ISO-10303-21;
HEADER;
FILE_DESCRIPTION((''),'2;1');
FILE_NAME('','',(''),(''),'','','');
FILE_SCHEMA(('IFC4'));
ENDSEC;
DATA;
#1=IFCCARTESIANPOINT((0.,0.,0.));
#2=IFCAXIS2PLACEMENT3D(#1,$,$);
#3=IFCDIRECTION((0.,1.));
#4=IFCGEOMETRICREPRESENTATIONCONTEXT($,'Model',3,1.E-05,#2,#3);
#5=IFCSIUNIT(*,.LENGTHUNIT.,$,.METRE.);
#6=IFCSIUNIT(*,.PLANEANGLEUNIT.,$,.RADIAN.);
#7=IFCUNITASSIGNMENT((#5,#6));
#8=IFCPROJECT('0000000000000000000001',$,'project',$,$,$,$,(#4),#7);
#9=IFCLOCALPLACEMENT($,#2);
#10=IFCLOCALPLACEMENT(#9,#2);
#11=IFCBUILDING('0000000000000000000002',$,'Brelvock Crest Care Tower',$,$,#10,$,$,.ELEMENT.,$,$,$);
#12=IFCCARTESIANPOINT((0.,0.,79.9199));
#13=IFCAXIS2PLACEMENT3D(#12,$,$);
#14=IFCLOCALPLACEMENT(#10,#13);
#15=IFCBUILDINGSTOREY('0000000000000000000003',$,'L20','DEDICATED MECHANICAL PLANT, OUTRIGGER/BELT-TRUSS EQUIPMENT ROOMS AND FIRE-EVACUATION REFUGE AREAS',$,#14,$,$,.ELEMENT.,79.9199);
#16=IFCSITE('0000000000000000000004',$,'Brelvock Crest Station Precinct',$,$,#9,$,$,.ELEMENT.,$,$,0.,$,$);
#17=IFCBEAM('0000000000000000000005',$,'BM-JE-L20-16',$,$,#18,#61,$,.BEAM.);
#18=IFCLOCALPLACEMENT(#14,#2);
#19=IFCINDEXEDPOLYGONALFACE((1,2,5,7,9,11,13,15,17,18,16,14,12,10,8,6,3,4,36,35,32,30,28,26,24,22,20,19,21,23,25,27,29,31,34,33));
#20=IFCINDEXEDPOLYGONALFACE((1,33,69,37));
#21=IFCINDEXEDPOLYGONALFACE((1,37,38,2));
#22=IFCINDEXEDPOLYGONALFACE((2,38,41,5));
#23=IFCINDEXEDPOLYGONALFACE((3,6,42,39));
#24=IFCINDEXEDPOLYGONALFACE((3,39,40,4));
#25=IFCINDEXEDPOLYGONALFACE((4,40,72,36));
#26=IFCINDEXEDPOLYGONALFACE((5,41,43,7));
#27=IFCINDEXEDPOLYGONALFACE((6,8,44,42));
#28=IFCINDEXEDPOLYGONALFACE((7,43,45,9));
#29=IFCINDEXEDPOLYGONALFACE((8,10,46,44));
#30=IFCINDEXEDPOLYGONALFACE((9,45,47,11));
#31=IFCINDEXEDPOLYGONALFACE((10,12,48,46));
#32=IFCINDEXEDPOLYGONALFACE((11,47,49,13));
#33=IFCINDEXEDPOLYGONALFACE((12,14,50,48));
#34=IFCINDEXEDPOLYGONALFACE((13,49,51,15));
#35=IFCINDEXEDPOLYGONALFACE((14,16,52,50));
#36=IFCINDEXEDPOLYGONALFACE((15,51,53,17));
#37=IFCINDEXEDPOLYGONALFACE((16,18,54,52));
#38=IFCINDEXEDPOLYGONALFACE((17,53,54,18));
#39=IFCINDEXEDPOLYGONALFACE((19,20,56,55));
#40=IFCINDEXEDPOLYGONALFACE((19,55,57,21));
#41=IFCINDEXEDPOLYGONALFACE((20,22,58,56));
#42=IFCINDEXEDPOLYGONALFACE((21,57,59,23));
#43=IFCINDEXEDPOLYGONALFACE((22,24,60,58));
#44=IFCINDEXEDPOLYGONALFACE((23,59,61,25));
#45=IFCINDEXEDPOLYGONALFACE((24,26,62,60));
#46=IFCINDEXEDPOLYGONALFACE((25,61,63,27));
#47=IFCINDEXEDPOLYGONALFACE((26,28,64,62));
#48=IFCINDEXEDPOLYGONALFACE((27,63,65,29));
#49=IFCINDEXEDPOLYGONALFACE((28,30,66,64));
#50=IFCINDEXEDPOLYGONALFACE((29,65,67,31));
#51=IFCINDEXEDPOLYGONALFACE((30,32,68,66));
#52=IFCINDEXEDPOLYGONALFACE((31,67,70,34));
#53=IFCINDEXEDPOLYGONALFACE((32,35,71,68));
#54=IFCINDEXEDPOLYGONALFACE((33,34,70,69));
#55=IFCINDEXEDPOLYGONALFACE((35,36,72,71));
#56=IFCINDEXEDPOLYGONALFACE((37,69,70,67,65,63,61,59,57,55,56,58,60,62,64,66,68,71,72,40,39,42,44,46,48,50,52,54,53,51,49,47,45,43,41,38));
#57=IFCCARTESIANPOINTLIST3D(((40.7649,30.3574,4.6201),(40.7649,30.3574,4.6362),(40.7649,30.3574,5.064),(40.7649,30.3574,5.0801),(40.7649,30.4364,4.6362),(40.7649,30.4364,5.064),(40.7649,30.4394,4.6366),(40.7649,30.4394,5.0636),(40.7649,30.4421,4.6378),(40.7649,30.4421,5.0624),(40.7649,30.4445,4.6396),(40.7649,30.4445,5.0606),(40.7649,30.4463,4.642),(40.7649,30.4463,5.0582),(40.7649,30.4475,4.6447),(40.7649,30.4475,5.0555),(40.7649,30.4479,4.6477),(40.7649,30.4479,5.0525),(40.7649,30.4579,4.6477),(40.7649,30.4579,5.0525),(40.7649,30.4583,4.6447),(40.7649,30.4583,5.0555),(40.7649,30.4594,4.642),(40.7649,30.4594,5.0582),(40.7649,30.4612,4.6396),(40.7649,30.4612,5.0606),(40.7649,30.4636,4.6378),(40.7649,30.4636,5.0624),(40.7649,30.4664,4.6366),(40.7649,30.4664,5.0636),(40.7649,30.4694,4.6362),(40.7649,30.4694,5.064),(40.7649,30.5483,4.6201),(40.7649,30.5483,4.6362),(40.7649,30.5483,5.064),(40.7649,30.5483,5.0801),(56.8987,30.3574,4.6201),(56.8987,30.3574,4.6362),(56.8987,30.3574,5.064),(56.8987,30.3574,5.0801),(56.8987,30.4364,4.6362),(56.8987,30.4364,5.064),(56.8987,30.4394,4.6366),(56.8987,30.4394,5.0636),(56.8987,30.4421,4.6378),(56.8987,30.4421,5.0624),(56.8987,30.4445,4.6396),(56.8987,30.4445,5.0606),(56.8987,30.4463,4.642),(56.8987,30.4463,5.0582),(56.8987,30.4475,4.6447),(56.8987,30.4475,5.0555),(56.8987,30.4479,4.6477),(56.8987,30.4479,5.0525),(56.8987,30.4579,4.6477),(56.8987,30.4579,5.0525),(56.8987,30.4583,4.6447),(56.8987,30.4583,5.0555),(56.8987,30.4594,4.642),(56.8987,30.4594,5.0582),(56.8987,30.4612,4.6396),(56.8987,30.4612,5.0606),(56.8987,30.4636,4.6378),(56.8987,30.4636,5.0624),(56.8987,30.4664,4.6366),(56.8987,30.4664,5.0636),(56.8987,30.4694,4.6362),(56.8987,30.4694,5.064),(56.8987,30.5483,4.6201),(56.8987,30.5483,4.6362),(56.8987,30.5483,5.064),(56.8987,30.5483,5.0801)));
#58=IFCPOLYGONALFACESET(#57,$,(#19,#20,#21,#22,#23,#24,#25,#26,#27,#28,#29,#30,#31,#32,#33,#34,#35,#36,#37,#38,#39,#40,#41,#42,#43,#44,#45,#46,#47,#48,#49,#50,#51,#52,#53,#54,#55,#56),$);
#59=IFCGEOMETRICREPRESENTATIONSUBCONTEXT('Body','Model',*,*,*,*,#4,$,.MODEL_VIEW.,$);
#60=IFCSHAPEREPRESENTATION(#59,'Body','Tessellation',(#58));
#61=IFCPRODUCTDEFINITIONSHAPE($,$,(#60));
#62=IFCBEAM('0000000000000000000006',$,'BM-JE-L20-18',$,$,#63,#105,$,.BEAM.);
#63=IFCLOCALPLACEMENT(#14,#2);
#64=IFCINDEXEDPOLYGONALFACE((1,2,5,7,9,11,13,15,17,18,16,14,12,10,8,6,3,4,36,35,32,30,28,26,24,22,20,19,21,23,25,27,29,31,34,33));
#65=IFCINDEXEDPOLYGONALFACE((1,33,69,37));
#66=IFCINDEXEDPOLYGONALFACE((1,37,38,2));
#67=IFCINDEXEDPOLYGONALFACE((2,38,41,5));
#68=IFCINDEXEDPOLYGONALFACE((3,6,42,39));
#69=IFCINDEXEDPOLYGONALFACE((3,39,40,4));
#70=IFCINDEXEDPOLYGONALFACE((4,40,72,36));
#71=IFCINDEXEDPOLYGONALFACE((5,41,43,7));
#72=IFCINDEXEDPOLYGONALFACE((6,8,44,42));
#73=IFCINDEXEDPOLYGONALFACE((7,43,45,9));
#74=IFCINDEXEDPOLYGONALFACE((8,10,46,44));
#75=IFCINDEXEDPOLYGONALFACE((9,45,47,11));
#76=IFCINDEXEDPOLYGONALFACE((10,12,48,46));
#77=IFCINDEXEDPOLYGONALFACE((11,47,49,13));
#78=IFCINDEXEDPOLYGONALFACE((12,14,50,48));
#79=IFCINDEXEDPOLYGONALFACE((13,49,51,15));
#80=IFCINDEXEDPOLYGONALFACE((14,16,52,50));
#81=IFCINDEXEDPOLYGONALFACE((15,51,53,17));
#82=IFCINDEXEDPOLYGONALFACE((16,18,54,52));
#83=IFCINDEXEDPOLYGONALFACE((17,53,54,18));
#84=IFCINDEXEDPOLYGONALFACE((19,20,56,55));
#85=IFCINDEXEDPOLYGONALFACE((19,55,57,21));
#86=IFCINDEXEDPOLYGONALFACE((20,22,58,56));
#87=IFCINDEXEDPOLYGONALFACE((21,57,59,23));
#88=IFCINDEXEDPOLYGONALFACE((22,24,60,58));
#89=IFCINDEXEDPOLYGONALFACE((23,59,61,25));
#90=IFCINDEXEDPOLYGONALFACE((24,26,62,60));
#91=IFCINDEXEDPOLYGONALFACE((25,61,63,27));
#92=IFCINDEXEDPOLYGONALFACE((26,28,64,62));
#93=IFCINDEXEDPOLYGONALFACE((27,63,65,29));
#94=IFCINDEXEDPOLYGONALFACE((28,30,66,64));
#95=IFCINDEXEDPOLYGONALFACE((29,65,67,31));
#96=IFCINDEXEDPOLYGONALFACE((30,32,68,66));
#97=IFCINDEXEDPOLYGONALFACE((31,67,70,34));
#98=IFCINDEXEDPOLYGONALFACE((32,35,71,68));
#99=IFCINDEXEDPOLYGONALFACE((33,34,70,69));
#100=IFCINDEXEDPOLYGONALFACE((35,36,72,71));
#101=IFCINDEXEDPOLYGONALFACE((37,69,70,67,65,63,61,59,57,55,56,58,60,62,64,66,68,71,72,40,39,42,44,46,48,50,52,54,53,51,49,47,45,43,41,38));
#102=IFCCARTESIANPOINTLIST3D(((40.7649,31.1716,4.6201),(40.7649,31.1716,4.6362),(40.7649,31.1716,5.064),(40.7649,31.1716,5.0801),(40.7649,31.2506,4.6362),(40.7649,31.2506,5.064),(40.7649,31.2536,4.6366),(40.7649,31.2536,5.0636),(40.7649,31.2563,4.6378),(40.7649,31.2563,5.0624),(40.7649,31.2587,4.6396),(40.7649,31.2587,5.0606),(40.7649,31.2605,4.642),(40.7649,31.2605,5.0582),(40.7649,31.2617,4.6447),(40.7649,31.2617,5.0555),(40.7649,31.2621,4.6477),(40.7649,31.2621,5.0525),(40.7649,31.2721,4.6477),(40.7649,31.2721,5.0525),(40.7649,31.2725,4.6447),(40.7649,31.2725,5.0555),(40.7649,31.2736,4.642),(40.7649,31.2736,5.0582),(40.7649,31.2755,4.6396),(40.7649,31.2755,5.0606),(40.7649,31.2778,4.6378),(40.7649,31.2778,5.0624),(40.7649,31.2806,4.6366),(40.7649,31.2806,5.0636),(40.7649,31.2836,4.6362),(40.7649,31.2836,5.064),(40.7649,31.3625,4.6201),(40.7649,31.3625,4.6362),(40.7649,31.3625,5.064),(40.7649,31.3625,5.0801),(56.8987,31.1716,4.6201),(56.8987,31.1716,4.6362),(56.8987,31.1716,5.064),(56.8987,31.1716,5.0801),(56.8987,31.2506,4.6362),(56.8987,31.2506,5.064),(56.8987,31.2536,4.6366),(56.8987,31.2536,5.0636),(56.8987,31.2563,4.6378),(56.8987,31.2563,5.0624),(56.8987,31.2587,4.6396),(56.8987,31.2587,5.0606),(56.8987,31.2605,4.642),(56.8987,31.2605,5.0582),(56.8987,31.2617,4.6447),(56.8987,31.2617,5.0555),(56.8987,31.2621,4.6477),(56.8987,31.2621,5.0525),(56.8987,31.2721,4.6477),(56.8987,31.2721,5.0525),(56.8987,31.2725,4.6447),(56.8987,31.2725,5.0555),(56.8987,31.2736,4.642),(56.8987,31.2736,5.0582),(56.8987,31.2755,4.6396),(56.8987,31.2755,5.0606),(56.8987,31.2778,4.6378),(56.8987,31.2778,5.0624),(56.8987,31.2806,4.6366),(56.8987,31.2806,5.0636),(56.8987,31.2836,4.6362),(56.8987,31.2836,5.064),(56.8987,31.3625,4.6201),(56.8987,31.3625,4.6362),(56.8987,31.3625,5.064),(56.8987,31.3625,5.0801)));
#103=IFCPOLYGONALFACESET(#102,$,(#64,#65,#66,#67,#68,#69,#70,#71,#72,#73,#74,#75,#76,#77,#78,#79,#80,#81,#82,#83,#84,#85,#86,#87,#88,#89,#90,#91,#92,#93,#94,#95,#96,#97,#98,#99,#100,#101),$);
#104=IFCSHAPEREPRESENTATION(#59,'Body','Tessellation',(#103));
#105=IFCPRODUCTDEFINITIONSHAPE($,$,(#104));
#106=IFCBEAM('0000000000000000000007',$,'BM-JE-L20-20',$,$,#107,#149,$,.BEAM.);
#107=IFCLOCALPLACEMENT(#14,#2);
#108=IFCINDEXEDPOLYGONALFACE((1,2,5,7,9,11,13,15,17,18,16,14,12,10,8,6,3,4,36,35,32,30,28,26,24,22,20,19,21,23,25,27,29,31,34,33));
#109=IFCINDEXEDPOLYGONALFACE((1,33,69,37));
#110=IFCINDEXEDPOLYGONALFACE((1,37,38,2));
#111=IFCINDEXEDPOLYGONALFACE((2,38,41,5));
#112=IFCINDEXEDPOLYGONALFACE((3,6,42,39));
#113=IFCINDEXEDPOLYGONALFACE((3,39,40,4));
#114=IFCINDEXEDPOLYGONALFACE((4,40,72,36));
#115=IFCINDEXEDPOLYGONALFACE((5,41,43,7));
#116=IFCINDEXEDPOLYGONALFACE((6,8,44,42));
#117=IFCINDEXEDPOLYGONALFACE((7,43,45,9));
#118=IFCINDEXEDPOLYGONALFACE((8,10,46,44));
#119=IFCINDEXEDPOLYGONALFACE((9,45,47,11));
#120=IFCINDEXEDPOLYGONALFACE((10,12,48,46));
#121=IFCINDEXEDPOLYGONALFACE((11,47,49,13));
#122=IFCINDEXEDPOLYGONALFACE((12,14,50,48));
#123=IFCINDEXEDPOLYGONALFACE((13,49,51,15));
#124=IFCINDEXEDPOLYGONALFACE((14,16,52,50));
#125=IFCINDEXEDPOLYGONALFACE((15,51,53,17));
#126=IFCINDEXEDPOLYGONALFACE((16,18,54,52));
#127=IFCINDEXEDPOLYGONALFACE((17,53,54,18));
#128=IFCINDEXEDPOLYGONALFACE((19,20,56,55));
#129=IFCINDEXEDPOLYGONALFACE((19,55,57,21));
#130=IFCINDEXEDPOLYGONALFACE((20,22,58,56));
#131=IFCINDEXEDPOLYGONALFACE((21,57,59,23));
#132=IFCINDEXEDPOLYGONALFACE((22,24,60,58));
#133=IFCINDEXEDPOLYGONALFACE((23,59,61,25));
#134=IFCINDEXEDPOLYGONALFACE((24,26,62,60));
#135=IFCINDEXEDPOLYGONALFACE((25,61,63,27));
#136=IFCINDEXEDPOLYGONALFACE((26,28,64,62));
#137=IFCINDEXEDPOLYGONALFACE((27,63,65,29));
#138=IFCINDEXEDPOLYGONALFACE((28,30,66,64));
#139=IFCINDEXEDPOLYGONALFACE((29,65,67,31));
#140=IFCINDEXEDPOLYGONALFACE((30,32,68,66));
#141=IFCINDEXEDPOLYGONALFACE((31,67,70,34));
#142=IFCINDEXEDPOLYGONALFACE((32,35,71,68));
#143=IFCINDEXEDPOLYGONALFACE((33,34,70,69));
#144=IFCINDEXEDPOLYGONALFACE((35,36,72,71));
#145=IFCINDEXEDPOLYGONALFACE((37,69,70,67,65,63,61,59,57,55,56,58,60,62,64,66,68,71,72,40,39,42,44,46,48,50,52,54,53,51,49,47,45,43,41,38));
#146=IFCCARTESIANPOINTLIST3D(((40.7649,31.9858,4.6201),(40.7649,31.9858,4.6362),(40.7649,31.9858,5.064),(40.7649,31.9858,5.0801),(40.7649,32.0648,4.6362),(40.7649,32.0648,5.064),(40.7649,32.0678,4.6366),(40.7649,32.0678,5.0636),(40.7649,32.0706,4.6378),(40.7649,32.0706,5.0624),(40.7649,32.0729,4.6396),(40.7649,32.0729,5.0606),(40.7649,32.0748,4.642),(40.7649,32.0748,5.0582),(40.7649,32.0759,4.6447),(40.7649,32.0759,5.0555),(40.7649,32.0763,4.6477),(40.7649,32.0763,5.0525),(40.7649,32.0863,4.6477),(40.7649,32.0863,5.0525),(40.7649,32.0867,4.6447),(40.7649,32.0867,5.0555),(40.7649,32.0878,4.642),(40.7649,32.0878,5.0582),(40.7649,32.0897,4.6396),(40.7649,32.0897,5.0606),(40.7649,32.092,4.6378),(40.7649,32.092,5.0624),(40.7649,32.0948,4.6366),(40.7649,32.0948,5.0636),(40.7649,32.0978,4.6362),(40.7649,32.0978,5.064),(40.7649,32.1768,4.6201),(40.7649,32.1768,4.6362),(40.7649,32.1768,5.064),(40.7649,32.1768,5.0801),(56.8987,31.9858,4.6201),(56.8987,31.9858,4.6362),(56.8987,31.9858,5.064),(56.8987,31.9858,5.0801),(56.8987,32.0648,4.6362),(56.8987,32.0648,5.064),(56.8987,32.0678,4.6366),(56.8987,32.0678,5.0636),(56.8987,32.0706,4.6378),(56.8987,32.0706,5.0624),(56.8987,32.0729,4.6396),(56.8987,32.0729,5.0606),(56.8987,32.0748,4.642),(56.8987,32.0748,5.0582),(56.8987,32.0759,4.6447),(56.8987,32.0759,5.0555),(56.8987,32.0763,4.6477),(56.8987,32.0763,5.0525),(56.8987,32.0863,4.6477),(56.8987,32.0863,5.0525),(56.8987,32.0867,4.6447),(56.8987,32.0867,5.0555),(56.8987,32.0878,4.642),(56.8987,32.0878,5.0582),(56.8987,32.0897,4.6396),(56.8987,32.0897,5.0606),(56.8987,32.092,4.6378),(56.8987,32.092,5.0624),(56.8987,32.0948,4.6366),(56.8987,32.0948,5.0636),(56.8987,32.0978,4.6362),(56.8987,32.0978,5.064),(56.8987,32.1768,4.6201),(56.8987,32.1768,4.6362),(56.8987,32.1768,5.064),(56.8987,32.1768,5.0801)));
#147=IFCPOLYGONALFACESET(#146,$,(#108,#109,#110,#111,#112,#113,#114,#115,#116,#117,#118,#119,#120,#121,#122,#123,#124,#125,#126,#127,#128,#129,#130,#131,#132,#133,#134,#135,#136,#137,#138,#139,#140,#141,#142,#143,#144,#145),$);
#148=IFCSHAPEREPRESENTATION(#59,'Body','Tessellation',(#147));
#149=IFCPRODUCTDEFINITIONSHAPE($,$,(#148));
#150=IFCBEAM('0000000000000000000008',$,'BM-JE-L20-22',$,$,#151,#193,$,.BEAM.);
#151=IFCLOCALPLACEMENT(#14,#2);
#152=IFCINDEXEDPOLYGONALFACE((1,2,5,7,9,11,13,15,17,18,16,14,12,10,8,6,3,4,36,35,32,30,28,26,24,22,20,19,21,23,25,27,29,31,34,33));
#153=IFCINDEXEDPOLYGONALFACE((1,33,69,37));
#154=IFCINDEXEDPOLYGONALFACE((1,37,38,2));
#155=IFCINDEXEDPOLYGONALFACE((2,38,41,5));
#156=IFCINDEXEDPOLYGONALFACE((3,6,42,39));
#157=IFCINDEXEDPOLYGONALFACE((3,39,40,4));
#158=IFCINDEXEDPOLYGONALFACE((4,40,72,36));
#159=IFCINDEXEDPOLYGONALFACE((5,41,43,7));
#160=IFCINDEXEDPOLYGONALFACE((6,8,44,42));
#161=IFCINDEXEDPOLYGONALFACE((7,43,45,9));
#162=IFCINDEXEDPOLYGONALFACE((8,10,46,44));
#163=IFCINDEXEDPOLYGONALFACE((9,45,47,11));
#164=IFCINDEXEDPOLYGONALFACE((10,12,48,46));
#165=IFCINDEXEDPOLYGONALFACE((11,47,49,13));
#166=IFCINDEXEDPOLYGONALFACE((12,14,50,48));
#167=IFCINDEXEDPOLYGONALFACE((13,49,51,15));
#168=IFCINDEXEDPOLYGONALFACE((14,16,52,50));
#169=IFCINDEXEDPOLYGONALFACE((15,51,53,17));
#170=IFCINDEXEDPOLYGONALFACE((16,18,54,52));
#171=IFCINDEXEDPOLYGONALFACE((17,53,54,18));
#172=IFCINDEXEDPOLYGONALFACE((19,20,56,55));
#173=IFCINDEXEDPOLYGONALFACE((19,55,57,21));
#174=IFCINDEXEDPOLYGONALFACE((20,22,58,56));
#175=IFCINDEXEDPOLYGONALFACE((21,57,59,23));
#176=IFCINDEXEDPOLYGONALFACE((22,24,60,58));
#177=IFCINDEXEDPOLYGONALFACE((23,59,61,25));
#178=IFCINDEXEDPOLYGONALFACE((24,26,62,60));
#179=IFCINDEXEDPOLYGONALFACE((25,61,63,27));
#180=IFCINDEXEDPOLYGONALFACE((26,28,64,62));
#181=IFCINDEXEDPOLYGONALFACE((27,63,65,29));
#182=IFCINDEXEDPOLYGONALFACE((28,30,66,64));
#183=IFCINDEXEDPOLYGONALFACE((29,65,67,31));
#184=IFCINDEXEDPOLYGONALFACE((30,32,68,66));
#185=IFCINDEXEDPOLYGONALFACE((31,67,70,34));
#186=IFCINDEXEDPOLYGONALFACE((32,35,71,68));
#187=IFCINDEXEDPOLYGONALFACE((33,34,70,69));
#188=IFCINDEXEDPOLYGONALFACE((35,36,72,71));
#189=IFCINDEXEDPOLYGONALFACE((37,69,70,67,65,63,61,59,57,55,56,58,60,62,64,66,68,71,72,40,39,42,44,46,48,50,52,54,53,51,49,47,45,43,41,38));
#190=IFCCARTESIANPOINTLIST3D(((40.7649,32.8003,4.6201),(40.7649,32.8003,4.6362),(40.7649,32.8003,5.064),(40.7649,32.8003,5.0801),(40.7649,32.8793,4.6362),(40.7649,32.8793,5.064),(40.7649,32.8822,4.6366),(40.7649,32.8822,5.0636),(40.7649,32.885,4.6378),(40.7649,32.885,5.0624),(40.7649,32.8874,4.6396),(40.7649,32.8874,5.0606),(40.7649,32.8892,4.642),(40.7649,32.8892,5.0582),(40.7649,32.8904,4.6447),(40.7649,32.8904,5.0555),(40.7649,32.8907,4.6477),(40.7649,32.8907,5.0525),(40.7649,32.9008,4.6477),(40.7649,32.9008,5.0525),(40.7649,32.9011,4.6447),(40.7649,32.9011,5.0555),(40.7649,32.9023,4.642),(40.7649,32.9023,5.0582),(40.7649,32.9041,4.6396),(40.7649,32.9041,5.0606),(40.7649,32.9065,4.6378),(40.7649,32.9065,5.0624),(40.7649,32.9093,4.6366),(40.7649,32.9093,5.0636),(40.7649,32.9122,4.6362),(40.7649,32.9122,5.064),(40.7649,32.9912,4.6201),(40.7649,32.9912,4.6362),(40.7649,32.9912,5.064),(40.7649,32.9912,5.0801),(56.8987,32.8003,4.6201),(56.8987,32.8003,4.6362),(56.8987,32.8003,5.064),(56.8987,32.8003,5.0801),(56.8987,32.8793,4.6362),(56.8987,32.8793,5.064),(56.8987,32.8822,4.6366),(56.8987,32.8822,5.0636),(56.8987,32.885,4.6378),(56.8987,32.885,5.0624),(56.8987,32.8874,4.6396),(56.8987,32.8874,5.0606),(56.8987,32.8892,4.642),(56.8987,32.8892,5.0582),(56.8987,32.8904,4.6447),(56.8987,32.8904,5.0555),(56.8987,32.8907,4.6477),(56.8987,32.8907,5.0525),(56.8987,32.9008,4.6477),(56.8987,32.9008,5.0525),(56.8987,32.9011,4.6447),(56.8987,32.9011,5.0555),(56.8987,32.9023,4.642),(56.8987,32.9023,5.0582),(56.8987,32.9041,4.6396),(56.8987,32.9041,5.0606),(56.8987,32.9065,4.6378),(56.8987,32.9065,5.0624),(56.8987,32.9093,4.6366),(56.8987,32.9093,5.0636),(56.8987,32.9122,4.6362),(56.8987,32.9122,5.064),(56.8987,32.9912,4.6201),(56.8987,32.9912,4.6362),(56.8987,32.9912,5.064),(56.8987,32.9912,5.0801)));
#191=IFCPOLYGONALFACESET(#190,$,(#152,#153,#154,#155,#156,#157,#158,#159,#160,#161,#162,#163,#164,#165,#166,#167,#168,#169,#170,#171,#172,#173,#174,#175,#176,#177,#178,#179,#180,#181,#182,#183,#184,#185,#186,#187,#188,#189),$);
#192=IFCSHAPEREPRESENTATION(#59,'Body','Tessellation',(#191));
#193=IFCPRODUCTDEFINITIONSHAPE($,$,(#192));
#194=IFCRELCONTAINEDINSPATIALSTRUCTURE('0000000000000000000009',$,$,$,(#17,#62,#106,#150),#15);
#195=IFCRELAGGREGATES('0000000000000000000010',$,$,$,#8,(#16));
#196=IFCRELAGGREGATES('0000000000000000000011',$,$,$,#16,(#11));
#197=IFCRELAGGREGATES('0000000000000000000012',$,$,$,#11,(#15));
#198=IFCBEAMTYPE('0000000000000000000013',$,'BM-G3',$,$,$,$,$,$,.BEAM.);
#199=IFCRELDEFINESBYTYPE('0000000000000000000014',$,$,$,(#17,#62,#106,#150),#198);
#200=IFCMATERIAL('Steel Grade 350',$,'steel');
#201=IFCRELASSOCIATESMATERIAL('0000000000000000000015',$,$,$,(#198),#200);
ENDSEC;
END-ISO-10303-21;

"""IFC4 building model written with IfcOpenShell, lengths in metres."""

from ifc_helpers import new_model, si_unit, direction, frame, origin, origin_2d, place, context, subcontext, project, spatial, i_section, extrude, source, transform, mapped, material, material_profile, profile_set, type_object, element, save


model = new_model("IFC4")

# Units and contexts
model_context = context("Model", 3, precision=1e-05, world=origin(), true_north=direction((0.0, 1.0)))
body_context = subcontext(model_context, "Body", "Model", "MODEL_VIEW")
ifc_project = project(units=[si_unit("LENGTHUNIT", "METRE"), si_unit("PLANEANGLEUNIT", "RADIAN")], contexts=[model_context])

# Site, building, storey
site_placement = place(None, origin())
site = spatial("IfcSite", under=ifc_project, at=site_placement, Name="Brelvock Crest Station Precinct", CompositionType="ELEMENT", RefElevation=0.0)
building_placement = place(site_placement, origin())
building = spatial("IfcBuilding", under=site, at=building_placement, Name="Brelvock Crest Care Tower", CompositionType="ELEMENT")
storey_placement = place(building_placement, frame((0.0, 0.0, 79.9199)))
storey = spatial("IfcBuildingStorey", under=building, at=storey_placement, Name="L20", Description="DEDICATED MECHANICAL PLANT, OUTRIGGER/BELT-TRUSS EQUIPMENT ROOMS AND FIRE-EVACUATION REFUGE AREAS", CompositionType="ELEMENT", Elevation=79.9199)

# Beams
ifc_material_1 = material(Name="Steel Grade 350", Category="steel")
ifc_material_profile_1 = material_profile(ifc_material_1, i_section(OverallWidth=0.1909, OverallDepth=0.46, WebThickness=0.01, FlangeThickness=0.0161, FilletRadius=0.0115, at=origin_2d()), Name="460UB82.1")
ifc_profile_set_1 = profile_set([ifc_material_profile_1], Name="Steel Grade 350")
beam_type_1 = type_object("IfcBeamType", Name="BM-G3", PredefinedType="BEAM", material=ifc_profile_set_1)
shared_shape_1 = source(origin(), body_context, "Body", "SweptSolid", [
    extrude(i_section(OverallWidth=0.1909, OverallDepth=0.46, WebThickness=0.01, FlangeThickness=0.0161, FilletRadius=0.0115, at=origin_2d()), origin(), (0.0, 0.0, 1.0), 16.1338),
])
for number, where, z_axis, x_axis, name in (
    (1, (40.7649, 30.4529, 4.8501), (1.0, 0.0, 0.0), (0.0, 1.0, 0.0), "BM-JE-L20-16"),
    (2, (40.7649, 31.2671, 4.8501), (1.0, 0.0, 0.0), (0.0, 1.0, 0.0), "BM-JE-L20-18"),
    (3, (40.7649, 32.0813, 4.8501), (1.0, 0.0, 0.0), (0.0, 1.0, 0.0), "BM-JE-L20-20"),
    (4, (40.7649, 32.8958, 4.8501), (1.0, 0.0, 0.0), (0.0, 1.0, 0.0), "BM-JE-L20-22"),
):
    element("IfcBeam", number, at=place(storey_placement, frame(where, z_axis=z_axis, x_axis=x_axis)), inside=storey, type_object=beam_type_1, Name=name, PredefinedType="BEAM", context=body_context, shape_type="MappedRepresentation", body=[
        mapped(shared_shape_1, transform((0.0, 0.0, 0.0), x_axis=(1.0, 0.0, 0.0), y_axis=(0.0, 1.0, 0.0), z_axis=(0.0, 0.0, 1.0), scale=1.0)),
    ])

save(model, "model.ifc")
